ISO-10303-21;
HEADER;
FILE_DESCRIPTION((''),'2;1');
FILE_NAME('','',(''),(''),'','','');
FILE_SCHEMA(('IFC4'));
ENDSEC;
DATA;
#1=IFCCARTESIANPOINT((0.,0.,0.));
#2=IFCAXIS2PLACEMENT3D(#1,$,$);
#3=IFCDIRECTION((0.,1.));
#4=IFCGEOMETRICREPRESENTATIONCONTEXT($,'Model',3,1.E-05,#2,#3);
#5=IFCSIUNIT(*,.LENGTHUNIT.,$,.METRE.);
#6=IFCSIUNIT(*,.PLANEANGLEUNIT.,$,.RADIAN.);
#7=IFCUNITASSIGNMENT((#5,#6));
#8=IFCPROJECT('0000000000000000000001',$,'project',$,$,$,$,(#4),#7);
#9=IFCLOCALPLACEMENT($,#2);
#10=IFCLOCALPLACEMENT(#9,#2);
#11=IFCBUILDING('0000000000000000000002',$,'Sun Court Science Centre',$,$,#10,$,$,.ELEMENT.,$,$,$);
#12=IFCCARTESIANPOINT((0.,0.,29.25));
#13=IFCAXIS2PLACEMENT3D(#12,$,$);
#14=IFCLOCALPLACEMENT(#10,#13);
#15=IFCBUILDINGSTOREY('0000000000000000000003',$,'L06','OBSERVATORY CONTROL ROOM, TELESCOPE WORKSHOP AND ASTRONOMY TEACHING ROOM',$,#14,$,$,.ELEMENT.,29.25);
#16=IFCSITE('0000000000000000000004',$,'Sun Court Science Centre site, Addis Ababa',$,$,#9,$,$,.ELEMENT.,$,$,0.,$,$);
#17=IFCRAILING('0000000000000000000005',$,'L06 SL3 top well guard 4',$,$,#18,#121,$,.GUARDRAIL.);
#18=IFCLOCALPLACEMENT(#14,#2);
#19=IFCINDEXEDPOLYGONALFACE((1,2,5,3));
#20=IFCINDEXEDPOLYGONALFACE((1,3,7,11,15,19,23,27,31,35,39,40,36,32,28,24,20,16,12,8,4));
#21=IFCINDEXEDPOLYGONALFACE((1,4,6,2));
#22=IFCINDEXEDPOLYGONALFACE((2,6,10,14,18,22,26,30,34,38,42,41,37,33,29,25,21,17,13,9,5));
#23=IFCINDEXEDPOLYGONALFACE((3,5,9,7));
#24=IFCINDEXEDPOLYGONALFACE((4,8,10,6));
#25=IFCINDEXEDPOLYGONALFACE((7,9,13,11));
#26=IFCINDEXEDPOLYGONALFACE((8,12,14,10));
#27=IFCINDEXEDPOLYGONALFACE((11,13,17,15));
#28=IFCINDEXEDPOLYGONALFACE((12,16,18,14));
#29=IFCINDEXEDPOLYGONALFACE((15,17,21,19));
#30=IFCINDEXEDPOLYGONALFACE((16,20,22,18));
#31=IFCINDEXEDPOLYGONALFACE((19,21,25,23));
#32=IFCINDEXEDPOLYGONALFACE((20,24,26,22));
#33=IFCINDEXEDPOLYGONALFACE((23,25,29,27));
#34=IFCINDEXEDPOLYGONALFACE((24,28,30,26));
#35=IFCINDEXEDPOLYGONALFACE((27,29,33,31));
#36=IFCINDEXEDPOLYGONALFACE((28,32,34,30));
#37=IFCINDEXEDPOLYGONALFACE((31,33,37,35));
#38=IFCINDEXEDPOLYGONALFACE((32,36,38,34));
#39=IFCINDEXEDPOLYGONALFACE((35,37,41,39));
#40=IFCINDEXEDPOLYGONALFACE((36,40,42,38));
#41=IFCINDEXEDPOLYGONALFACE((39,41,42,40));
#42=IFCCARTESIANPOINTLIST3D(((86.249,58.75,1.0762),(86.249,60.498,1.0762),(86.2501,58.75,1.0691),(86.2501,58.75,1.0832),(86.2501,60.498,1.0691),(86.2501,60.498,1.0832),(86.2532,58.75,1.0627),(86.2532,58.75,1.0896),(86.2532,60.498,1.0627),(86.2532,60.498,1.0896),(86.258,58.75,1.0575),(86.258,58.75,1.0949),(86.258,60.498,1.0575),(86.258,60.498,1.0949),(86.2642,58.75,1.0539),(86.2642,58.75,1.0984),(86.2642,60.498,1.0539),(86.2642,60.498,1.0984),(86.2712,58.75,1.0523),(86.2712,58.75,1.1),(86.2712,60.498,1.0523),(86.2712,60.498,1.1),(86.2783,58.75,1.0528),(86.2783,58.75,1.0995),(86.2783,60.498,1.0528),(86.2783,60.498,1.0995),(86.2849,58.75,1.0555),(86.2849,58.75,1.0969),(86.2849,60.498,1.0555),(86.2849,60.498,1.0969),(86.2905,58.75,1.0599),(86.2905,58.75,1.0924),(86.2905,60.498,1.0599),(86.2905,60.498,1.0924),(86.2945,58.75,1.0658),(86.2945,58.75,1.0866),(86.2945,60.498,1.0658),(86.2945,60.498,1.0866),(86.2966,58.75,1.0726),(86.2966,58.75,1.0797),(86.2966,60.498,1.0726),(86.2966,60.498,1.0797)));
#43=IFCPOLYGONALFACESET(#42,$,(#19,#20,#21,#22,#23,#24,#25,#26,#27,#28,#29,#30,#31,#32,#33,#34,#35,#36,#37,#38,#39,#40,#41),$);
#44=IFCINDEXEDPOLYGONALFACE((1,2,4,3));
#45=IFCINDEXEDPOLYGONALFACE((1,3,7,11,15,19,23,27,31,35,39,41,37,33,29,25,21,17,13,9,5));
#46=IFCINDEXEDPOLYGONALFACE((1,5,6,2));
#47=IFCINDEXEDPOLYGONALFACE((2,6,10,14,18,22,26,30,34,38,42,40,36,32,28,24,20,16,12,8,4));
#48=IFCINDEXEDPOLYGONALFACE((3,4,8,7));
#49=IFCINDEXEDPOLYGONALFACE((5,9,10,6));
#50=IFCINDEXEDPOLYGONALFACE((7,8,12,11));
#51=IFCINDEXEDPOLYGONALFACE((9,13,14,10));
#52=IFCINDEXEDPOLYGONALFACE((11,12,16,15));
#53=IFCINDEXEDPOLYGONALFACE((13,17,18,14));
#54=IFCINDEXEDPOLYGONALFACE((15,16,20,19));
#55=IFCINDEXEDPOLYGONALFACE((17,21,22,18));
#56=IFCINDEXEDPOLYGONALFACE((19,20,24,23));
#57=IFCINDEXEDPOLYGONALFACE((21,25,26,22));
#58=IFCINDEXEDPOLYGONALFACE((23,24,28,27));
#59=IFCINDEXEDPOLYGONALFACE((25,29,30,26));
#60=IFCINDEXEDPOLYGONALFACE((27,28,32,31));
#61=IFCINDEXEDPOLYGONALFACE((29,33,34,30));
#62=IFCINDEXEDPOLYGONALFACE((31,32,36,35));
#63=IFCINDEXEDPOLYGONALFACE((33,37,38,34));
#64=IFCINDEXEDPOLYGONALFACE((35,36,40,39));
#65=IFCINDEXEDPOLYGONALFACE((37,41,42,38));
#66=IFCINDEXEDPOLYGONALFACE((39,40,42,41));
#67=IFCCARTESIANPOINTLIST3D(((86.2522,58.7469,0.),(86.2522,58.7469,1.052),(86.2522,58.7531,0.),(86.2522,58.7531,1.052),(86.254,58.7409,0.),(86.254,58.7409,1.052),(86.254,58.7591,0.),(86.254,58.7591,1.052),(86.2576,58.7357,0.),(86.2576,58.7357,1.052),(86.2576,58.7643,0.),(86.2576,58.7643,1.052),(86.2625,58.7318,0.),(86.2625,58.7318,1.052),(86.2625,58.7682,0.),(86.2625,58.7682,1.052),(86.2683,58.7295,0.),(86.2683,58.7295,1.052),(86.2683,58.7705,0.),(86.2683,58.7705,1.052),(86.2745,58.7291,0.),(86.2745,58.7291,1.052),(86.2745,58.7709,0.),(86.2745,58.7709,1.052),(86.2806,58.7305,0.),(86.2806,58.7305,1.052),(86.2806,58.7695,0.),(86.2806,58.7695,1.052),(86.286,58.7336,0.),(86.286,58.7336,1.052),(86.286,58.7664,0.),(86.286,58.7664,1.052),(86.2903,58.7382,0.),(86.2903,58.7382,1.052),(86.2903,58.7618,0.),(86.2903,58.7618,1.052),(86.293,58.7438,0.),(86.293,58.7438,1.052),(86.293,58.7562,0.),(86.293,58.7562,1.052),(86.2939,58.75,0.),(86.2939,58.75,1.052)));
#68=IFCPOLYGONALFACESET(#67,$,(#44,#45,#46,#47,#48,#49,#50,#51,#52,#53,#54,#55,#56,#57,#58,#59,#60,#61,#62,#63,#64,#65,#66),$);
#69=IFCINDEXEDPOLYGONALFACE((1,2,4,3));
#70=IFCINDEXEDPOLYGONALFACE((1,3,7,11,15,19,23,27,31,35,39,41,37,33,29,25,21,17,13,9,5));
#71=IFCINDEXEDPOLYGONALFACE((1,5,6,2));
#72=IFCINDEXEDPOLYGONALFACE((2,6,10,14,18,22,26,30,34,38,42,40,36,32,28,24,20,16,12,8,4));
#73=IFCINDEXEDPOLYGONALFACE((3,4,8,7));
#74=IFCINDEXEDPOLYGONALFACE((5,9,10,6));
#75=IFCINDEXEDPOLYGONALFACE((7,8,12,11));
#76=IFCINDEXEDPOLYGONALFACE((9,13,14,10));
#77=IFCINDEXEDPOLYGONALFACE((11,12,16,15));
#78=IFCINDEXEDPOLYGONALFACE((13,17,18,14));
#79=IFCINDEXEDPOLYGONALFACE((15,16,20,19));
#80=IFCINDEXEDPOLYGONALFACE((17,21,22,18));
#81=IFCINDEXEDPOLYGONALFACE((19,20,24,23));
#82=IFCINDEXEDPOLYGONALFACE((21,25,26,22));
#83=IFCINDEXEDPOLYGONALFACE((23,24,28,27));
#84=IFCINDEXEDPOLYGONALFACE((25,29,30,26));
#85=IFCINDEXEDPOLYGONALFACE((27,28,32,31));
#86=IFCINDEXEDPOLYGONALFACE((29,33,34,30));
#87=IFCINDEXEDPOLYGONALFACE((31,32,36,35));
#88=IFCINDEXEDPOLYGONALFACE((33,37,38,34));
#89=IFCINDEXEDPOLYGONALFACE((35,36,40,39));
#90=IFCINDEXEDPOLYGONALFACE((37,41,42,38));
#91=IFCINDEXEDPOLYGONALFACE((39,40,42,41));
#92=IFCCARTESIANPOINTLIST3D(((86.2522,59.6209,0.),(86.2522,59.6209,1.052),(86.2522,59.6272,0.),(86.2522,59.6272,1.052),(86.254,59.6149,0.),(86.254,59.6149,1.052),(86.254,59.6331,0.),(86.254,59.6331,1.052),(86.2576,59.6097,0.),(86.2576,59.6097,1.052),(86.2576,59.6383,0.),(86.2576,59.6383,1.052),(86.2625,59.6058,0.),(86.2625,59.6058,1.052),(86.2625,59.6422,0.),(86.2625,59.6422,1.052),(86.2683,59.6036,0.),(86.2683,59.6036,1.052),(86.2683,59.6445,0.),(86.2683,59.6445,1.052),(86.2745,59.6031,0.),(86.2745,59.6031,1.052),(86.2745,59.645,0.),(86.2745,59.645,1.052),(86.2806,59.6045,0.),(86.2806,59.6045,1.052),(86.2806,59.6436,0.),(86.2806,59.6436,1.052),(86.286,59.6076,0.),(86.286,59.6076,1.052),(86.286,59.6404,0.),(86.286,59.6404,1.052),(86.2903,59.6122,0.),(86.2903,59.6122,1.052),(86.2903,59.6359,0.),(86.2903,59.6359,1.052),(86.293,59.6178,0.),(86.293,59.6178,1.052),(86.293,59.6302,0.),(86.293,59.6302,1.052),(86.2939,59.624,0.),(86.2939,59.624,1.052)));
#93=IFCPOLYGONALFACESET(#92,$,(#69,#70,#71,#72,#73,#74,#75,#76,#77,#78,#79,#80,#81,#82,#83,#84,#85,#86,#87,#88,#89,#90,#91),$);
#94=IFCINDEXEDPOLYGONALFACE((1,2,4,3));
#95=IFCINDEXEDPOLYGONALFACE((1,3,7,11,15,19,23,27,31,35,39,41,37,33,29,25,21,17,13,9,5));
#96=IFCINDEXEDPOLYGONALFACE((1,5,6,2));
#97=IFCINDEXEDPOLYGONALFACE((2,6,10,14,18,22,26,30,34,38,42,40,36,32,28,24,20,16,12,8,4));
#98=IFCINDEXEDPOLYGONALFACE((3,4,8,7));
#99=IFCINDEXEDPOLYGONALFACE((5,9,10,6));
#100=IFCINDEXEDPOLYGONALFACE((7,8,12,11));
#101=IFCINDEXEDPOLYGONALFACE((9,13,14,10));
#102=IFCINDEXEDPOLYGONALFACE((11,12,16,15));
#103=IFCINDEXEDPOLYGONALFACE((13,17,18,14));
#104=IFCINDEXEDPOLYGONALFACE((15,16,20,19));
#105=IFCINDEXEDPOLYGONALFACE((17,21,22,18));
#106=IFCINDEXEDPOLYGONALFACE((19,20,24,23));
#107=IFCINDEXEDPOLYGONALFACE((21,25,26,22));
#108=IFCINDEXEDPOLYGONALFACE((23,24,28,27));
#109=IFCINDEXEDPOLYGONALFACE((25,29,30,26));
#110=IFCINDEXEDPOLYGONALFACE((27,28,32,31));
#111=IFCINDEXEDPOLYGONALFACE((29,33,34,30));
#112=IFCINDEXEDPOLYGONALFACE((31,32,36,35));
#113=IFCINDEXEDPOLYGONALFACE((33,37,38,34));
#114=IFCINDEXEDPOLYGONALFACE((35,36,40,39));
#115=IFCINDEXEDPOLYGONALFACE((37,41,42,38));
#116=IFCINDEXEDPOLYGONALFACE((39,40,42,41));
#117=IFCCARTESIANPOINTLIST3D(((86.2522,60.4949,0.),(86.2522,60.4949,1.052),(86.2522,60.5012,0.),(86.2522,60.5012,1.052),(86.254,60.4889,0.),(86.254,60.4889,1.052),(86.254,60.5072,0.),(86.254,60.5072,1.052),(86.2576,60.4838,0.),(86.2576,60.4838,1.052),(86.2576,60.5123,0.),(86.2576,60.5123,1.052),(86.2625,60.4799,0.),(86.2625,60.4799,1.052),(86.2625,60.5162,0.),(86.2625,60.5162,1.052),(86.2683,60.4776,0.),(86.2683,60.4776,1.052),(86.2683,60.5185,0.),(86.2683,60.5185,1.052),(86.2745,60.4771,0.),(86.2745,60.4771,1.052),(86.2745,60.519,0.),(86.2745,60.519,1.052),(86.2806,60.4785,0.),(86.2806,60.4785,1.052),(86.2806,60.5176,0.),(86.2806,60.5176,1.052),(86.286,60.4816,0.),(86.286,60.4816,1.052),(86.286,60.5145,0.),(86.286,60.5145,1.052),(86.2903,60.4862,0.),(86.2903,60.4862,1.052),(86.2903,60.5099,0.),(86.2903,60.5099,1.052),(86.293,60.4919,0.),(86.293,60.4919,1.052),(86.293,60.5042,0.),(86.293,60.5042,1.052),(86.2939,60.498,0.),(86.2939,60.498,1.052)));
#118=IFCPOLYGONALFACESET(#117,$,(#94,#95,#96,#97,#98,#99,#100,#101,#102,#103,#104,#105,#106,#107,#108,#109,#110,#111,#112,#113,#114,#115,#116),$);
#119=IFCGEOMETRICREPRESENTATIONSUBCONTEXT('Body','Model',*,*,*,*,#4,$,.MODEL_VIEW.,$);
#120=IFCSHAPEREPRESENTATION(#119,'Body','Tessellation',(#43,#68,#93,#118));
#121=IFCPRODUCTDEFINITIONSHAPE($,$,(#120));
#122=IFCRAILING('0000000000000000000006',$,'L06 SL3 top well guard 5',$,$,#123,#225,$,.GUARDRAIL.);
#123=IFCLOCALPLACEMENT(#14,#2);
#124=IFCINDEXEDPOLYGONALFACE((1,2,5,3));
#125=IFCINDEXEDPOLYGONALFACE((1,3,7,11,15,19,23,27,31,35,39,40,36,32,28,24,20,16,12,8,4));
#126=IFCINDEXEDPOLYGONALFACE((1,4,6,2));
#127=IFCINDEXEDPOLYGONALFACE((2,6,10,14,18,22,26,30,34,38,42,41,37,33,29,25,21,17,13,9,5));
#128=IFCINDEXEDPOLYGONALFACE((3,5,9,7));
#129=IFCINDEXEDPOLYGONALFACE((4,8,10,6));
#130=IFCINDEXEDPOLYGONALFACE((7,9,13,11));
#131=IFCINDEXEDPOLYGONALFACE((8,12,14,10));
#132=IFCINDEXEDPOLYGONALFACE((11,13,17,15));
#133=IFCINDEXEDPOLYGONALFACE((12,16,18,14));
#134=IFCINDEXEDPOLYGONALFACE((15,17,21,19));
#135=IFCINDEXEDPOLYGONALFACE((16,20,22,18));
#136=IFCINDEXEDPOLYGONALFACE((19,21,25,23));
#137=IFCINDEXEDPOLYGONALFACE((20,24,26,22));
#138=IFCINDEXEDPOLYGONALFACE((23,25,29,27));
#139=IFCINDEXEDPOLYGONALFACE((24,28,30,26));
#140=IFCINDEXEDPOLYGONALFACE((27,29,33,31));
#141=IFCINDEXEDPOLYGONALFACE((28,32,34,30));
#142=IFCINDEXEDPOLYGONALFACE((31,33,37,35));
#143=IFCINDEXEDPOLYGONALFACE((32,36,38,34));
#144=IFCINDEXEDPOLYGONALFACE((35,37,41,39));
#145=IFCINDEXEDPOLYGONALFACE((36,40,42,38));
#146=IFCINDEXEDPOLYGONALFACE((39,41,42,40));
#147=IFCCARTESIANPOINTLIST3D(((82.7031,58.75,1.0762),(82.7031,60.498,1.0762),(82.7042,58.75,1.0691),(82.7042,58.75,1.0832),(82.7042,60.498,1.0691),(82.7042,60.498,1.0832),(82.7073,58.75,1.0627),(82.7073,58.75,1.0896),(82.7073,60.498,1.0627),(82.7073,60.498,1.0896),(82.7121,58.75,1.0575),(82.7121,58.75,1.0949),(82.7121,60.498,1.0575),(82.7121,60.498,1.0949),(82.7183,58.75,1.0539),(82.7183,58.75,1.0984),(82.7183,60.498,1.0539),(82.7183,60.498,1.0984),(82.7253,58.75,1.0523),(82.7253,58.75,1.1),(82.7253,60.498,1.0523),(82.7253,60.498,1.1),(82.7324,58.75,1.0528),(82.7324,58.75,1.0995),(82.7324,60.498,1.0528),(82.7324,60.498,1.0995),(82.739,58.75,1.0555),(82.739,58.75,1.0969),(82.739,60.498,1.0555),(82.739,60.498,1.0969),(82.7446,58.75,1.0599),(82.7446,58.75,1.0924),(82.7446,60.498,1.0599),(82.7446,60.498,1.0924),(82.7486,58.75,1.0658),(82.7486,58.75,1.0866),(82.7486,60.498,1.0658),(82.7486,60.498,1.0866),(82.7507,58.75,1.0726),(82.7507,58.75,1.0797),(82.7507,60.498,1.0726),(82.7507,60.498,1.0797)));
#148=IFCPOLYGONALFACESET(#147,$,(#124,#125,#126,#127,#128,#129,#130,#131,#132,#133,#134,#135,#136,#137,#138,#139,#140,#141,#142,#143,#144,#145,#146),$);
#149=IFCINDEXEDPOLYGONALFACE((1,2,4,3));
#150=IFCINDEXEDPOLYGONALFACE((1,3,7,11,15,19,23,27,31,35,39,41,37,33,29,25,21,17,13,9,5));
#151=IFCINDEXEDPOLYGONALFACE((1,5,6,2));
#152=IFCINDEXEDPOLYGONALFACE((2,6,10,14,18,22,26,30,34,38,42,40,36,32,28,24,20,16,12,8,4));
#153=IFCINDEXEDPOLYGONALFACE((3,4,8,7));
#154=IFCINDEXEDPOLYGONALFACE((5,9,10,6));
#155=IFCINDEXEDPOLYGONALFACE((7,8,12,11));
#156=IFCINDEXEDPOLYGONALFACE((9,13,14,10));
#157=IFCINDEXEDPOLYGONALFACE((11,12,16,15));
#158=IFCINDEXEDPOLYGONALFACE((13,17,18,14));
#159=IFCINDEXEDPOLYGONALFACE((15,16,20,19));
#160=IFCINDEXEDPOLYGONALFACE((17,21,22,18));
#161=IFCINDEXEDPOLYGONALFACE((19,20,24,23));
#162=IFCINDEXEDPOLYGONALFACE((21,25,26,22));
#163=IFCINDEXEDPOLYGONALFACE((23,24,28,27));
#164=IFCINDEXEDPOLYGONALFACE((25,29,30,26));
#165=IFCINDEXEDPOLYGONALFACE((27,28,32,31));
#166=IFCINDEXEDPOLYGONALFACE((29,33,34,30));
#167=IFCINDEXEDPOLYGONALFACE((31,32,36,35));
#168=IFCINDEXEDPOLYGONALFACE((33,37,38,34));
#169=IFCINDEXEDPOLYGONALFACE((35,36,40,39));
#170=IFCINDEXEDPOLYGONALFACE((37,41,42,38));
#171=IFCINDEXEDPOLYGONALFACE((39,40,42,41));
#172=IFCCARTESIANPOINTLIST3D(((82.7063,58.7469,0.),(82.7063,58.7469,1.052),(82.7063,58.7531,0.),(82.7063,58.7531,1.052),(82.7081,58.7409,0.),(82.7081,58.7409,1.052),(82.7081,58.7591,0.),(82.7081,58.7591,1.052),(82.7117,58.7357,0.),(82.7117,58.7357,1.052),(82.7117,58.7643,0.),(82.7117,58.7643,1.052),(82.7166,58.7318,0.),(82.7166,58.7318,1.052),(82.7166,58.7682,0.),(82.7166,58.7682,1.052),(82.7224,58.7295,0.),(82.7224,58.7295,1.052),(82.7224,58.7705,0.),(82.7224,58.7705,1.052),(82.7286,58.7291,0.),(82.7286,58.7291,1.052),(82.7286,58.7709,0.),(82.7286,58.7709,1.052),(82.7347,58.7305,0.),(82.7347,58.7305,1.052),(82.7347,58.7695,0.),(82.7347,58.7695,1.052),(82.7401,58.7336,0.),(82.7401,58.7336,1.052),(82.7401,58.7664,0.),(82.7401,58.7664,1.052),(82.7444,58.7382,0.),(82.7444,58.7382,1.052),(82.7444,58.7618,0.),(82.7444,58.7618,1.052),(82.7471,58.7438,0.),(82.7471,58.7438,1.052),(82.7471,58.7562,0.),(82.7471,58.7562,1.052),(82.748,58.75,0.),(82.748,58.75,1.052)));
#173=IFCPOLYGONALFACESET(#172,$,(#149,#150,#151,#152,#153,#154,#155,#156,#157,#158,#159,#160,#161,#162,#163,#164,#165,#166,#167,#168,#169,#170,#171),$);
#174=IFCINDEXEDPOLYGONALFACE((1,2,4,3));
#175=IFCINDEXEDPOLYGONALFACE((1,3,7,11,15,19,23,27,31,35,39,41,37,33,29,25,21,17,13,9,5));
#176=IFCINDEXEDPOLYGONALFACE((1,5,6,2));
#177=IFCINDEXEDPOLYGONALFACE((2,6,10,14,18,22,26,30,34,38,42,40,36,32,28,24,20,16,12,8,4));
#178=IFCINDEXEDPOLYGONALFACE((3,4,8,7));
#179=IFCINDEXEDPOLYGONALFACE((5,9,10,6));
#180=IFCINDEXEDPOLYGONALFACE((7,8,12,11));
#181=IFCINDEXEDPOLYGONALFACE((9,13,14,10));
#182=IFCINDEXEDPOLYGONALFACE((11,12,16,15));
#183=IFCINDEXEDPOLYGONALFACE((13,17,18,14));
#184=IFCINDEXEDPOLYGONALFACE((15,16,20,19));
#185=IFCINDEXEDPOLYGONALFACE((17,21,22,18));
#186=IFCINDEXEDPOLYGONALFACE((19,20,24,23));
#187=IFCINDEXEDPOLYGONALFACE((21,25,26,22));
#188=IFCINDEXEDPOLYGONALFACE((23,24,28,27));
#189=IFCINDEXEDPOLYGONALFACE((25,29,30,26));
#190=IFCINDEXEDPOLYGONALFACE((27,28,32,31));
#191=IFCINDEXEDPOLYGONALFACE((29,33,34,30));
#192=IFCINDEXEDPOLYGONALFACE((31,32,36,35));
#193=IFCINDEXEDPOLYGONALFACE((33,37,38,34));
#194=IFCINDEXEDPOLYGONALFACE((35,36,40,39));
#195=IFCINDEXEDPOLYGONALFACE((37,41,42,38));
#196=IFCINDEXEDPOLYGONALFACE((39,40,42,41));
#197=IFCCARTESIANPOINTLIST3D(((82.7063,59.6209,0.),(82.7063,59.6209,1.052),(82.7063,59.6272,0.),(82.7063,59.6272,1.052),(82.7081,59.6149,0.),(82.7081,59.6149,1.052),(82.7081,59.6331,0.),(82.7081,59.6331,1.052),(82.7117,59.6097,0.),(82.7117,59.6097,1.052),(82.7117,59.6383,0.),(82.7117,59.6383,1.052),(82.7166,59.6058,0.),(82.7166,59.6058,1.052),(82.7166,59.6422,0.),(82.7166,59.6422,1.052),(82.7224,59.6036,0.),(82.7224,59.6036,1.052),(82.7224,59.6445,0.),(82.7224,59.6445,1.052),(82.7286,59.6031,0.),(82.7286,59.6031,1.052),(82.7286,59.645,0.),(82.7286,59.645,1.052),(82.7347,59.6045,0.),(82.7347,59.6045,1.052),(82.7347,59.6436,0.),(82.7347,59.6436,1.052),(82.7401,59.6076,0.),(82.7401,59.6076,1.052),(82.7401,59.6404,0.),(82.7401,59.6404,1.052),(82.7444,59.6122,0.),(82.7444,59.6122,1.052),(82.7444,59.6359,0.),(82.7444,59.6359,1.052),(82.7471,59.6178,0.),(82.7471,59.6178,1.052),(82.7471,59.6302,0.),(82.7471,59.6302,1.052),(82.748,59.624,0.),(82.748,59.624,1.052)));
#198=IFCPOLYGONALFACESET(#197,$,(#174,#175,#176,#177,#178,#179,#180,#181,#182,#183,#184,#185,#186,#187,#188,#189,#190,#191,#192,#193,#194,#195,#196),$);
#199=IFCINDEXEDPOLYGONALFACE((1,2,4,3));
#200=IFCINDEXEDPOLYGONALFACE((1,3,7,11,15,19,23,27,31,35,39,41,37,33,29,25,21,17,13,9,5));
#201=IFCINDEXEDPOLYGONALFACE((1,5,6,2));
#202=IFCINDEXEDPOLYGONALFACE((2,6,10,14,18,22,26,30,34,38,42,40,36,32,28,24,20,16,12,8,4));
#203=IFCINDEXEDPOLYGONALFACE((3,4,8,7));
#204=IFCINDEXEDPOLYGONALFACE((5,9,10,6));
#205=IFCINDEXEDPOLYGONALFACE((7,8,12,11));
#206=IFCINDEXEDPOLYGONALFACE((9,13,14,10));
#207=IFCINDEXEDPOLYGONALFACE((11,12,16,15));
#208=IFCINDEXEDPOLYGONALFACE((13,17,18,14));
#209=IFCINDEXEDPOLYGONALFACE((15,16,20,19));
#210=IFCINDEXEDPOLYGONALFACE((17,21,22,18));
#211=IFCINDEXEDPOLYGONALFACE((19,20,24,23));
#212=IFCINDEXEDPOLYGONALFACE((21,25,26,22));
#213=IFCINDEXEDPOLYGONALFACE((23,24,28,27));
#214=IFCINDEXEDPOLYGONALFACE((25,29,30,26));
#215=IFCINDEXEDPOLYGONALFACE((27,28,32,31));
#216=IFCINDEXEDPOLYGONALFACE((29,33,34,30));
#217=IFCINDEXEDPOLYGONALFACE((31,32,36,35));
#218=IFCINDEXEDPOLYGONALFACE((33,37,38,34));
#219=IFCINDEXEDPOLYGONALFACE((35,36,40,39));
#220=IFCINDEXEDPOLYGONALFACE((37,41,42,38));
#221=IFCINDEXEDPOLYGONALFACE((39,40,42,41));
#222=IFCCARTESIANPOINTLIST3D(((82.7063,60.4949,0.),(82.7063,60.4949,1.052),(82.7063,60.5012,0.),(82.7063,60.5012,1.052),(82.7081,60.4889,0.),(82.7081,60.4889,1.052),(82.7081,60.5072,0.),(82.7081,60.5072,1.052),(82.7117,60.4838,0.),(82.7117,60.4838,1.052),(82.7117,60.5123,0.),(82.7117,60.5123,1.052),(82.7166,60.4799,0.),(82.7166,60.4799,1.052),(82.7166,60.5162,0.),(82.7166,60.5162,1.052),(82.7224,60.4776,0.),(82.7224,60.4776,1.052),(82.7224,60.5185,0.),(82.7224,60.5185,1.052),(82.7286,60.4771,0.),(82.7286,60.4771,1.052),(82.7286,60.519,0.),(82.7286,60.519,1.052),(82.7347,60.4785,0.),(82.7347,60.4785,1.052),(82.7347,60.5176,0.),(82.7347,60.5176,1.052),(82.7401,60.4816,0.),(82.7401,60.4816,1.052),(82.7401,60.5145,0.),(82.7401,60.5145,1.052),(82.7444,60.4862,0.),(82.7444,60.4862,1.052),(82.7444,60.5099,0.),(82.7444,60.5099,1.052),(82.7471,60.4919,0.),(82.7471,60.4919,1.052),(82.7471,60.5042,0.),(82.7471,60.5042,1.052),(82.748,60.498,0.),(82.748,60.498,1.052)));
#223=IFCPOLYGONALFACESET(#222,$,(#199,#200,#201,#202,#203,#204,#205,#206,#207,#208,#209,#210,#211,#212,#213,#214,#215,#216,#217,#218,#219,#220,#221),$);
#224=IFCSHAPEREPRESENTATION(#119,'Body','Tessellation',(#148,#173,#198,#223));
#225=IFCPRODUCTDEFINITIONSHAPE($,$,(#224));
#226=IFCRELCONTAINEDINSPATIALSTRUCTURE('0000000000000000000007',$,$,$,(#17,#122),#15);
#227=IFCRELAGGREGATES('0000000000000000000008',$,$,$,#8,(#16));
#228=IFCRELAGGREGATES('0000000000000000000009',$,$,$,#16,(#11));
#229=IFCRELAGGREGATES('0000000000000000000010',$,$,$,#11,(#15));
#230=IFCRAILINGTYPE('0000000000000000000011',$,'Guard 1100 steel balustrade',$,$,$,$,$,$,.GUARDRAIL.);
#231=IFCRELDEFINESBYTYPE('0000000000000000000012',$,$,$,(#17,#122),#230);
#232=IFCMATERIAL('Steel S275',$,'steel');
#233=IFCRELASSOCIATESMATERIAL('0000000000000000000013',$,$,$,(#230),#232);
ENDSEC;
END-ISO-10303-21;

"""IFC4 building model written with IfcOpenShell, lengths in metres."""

from ifc_helpers import new_model, si_unit, direction, frame, origin, origin_2d, place, context, subcontext, project, spatial, circle, extrude, material, type_object, element, save


model = new_model("IFC4")

# Units and contexts
model_context = context("Model", 3, precision=1e-05, world=origin(), true_north=direction((0.0, 1.0)))
body_context = subcontext(model_context, "Body", "Model", "MODEL_VIEW")
ifc_project = project(units=[si_unit("LENGTHUNIT", "METRE"), si_unit("PLANEANGLEUNIT", "RADIAN")], contexts=[model_context])

# Site, building, storey
site_placement = place(None, origin())
site = spatial("IfcSite", under=ifc_project, at=site_placement, Name="Sun Court Science Centre site, Addis Ababa", CompositionType="ELEMENT", RefElevation=0.0)
building_placement = place(site_placement, origin())
building = spatial("IfcBuilding", under=site, at=building_placement, Name="Sun Court Science Centre", CompositionType="ELEMENT")
storey_placement = place(building_placement, frame((0.0, 0.0, 29.25)))
storey = spatial("IfcBuildingStorey", under=building, at=storey_placement, Name="L06", Description="OBSERVATORY CONTROL ROOM, TELESCOPE WORKSHOP AND ASTRONOMY TEACHING ROOM", CompositionType="ELEMENT", Elevation=29.25)

# Railings
ifc_material_1 = material(Name="Steel S275", Category="steel")
railing_type = type_object("IfcRailingType", Name="Guard 1100 steel balustrade", PredefinedType="GUARDRAIL", material=ifc_material_1)
for number, where, name in (
    (1, (86.2729, 58.75, 0.0), "L06 SL3 top well guard 4"),
    (2, (82.7271, 58.75, 0.0), "L06 SL3 top well guard 5"),
):
    element("IfcRailing", number, at=place(storey_placement, frame(where)), inside=storey, type_object=railing_type, Name=name, PredefinedType="GUARDRAIL", context=body_context, shape_type="SweptSolid", body=[
        extrude(circle(Radius=0.0239, at=origin_2d()), frame((0.0, 0.0, 1.0762), z_axis=(0.0, 1.0, 0.0), x_axis=(-1.0, 0.0, 0.0)), (0.0, 0.0, 1.0), 1.748),
        extrude(circle(Radius=0.021, at=origin_2d()), origin(), (0.0, 0.0, 1.0), 1.052),
        extrude(circle(Radius=0.021, at=origin_2d()), frame((0.0, 0.874, 0.0)), (0.0, 0.0, 1.0), 1.052),
        extrude(circle(Radius=0.021, at=origin_2d()), frame((0.0, 1.748, 0.0)), (0.0, 0.0, 1.0), 1.052),
    ])

save(model, "model.ifc")
